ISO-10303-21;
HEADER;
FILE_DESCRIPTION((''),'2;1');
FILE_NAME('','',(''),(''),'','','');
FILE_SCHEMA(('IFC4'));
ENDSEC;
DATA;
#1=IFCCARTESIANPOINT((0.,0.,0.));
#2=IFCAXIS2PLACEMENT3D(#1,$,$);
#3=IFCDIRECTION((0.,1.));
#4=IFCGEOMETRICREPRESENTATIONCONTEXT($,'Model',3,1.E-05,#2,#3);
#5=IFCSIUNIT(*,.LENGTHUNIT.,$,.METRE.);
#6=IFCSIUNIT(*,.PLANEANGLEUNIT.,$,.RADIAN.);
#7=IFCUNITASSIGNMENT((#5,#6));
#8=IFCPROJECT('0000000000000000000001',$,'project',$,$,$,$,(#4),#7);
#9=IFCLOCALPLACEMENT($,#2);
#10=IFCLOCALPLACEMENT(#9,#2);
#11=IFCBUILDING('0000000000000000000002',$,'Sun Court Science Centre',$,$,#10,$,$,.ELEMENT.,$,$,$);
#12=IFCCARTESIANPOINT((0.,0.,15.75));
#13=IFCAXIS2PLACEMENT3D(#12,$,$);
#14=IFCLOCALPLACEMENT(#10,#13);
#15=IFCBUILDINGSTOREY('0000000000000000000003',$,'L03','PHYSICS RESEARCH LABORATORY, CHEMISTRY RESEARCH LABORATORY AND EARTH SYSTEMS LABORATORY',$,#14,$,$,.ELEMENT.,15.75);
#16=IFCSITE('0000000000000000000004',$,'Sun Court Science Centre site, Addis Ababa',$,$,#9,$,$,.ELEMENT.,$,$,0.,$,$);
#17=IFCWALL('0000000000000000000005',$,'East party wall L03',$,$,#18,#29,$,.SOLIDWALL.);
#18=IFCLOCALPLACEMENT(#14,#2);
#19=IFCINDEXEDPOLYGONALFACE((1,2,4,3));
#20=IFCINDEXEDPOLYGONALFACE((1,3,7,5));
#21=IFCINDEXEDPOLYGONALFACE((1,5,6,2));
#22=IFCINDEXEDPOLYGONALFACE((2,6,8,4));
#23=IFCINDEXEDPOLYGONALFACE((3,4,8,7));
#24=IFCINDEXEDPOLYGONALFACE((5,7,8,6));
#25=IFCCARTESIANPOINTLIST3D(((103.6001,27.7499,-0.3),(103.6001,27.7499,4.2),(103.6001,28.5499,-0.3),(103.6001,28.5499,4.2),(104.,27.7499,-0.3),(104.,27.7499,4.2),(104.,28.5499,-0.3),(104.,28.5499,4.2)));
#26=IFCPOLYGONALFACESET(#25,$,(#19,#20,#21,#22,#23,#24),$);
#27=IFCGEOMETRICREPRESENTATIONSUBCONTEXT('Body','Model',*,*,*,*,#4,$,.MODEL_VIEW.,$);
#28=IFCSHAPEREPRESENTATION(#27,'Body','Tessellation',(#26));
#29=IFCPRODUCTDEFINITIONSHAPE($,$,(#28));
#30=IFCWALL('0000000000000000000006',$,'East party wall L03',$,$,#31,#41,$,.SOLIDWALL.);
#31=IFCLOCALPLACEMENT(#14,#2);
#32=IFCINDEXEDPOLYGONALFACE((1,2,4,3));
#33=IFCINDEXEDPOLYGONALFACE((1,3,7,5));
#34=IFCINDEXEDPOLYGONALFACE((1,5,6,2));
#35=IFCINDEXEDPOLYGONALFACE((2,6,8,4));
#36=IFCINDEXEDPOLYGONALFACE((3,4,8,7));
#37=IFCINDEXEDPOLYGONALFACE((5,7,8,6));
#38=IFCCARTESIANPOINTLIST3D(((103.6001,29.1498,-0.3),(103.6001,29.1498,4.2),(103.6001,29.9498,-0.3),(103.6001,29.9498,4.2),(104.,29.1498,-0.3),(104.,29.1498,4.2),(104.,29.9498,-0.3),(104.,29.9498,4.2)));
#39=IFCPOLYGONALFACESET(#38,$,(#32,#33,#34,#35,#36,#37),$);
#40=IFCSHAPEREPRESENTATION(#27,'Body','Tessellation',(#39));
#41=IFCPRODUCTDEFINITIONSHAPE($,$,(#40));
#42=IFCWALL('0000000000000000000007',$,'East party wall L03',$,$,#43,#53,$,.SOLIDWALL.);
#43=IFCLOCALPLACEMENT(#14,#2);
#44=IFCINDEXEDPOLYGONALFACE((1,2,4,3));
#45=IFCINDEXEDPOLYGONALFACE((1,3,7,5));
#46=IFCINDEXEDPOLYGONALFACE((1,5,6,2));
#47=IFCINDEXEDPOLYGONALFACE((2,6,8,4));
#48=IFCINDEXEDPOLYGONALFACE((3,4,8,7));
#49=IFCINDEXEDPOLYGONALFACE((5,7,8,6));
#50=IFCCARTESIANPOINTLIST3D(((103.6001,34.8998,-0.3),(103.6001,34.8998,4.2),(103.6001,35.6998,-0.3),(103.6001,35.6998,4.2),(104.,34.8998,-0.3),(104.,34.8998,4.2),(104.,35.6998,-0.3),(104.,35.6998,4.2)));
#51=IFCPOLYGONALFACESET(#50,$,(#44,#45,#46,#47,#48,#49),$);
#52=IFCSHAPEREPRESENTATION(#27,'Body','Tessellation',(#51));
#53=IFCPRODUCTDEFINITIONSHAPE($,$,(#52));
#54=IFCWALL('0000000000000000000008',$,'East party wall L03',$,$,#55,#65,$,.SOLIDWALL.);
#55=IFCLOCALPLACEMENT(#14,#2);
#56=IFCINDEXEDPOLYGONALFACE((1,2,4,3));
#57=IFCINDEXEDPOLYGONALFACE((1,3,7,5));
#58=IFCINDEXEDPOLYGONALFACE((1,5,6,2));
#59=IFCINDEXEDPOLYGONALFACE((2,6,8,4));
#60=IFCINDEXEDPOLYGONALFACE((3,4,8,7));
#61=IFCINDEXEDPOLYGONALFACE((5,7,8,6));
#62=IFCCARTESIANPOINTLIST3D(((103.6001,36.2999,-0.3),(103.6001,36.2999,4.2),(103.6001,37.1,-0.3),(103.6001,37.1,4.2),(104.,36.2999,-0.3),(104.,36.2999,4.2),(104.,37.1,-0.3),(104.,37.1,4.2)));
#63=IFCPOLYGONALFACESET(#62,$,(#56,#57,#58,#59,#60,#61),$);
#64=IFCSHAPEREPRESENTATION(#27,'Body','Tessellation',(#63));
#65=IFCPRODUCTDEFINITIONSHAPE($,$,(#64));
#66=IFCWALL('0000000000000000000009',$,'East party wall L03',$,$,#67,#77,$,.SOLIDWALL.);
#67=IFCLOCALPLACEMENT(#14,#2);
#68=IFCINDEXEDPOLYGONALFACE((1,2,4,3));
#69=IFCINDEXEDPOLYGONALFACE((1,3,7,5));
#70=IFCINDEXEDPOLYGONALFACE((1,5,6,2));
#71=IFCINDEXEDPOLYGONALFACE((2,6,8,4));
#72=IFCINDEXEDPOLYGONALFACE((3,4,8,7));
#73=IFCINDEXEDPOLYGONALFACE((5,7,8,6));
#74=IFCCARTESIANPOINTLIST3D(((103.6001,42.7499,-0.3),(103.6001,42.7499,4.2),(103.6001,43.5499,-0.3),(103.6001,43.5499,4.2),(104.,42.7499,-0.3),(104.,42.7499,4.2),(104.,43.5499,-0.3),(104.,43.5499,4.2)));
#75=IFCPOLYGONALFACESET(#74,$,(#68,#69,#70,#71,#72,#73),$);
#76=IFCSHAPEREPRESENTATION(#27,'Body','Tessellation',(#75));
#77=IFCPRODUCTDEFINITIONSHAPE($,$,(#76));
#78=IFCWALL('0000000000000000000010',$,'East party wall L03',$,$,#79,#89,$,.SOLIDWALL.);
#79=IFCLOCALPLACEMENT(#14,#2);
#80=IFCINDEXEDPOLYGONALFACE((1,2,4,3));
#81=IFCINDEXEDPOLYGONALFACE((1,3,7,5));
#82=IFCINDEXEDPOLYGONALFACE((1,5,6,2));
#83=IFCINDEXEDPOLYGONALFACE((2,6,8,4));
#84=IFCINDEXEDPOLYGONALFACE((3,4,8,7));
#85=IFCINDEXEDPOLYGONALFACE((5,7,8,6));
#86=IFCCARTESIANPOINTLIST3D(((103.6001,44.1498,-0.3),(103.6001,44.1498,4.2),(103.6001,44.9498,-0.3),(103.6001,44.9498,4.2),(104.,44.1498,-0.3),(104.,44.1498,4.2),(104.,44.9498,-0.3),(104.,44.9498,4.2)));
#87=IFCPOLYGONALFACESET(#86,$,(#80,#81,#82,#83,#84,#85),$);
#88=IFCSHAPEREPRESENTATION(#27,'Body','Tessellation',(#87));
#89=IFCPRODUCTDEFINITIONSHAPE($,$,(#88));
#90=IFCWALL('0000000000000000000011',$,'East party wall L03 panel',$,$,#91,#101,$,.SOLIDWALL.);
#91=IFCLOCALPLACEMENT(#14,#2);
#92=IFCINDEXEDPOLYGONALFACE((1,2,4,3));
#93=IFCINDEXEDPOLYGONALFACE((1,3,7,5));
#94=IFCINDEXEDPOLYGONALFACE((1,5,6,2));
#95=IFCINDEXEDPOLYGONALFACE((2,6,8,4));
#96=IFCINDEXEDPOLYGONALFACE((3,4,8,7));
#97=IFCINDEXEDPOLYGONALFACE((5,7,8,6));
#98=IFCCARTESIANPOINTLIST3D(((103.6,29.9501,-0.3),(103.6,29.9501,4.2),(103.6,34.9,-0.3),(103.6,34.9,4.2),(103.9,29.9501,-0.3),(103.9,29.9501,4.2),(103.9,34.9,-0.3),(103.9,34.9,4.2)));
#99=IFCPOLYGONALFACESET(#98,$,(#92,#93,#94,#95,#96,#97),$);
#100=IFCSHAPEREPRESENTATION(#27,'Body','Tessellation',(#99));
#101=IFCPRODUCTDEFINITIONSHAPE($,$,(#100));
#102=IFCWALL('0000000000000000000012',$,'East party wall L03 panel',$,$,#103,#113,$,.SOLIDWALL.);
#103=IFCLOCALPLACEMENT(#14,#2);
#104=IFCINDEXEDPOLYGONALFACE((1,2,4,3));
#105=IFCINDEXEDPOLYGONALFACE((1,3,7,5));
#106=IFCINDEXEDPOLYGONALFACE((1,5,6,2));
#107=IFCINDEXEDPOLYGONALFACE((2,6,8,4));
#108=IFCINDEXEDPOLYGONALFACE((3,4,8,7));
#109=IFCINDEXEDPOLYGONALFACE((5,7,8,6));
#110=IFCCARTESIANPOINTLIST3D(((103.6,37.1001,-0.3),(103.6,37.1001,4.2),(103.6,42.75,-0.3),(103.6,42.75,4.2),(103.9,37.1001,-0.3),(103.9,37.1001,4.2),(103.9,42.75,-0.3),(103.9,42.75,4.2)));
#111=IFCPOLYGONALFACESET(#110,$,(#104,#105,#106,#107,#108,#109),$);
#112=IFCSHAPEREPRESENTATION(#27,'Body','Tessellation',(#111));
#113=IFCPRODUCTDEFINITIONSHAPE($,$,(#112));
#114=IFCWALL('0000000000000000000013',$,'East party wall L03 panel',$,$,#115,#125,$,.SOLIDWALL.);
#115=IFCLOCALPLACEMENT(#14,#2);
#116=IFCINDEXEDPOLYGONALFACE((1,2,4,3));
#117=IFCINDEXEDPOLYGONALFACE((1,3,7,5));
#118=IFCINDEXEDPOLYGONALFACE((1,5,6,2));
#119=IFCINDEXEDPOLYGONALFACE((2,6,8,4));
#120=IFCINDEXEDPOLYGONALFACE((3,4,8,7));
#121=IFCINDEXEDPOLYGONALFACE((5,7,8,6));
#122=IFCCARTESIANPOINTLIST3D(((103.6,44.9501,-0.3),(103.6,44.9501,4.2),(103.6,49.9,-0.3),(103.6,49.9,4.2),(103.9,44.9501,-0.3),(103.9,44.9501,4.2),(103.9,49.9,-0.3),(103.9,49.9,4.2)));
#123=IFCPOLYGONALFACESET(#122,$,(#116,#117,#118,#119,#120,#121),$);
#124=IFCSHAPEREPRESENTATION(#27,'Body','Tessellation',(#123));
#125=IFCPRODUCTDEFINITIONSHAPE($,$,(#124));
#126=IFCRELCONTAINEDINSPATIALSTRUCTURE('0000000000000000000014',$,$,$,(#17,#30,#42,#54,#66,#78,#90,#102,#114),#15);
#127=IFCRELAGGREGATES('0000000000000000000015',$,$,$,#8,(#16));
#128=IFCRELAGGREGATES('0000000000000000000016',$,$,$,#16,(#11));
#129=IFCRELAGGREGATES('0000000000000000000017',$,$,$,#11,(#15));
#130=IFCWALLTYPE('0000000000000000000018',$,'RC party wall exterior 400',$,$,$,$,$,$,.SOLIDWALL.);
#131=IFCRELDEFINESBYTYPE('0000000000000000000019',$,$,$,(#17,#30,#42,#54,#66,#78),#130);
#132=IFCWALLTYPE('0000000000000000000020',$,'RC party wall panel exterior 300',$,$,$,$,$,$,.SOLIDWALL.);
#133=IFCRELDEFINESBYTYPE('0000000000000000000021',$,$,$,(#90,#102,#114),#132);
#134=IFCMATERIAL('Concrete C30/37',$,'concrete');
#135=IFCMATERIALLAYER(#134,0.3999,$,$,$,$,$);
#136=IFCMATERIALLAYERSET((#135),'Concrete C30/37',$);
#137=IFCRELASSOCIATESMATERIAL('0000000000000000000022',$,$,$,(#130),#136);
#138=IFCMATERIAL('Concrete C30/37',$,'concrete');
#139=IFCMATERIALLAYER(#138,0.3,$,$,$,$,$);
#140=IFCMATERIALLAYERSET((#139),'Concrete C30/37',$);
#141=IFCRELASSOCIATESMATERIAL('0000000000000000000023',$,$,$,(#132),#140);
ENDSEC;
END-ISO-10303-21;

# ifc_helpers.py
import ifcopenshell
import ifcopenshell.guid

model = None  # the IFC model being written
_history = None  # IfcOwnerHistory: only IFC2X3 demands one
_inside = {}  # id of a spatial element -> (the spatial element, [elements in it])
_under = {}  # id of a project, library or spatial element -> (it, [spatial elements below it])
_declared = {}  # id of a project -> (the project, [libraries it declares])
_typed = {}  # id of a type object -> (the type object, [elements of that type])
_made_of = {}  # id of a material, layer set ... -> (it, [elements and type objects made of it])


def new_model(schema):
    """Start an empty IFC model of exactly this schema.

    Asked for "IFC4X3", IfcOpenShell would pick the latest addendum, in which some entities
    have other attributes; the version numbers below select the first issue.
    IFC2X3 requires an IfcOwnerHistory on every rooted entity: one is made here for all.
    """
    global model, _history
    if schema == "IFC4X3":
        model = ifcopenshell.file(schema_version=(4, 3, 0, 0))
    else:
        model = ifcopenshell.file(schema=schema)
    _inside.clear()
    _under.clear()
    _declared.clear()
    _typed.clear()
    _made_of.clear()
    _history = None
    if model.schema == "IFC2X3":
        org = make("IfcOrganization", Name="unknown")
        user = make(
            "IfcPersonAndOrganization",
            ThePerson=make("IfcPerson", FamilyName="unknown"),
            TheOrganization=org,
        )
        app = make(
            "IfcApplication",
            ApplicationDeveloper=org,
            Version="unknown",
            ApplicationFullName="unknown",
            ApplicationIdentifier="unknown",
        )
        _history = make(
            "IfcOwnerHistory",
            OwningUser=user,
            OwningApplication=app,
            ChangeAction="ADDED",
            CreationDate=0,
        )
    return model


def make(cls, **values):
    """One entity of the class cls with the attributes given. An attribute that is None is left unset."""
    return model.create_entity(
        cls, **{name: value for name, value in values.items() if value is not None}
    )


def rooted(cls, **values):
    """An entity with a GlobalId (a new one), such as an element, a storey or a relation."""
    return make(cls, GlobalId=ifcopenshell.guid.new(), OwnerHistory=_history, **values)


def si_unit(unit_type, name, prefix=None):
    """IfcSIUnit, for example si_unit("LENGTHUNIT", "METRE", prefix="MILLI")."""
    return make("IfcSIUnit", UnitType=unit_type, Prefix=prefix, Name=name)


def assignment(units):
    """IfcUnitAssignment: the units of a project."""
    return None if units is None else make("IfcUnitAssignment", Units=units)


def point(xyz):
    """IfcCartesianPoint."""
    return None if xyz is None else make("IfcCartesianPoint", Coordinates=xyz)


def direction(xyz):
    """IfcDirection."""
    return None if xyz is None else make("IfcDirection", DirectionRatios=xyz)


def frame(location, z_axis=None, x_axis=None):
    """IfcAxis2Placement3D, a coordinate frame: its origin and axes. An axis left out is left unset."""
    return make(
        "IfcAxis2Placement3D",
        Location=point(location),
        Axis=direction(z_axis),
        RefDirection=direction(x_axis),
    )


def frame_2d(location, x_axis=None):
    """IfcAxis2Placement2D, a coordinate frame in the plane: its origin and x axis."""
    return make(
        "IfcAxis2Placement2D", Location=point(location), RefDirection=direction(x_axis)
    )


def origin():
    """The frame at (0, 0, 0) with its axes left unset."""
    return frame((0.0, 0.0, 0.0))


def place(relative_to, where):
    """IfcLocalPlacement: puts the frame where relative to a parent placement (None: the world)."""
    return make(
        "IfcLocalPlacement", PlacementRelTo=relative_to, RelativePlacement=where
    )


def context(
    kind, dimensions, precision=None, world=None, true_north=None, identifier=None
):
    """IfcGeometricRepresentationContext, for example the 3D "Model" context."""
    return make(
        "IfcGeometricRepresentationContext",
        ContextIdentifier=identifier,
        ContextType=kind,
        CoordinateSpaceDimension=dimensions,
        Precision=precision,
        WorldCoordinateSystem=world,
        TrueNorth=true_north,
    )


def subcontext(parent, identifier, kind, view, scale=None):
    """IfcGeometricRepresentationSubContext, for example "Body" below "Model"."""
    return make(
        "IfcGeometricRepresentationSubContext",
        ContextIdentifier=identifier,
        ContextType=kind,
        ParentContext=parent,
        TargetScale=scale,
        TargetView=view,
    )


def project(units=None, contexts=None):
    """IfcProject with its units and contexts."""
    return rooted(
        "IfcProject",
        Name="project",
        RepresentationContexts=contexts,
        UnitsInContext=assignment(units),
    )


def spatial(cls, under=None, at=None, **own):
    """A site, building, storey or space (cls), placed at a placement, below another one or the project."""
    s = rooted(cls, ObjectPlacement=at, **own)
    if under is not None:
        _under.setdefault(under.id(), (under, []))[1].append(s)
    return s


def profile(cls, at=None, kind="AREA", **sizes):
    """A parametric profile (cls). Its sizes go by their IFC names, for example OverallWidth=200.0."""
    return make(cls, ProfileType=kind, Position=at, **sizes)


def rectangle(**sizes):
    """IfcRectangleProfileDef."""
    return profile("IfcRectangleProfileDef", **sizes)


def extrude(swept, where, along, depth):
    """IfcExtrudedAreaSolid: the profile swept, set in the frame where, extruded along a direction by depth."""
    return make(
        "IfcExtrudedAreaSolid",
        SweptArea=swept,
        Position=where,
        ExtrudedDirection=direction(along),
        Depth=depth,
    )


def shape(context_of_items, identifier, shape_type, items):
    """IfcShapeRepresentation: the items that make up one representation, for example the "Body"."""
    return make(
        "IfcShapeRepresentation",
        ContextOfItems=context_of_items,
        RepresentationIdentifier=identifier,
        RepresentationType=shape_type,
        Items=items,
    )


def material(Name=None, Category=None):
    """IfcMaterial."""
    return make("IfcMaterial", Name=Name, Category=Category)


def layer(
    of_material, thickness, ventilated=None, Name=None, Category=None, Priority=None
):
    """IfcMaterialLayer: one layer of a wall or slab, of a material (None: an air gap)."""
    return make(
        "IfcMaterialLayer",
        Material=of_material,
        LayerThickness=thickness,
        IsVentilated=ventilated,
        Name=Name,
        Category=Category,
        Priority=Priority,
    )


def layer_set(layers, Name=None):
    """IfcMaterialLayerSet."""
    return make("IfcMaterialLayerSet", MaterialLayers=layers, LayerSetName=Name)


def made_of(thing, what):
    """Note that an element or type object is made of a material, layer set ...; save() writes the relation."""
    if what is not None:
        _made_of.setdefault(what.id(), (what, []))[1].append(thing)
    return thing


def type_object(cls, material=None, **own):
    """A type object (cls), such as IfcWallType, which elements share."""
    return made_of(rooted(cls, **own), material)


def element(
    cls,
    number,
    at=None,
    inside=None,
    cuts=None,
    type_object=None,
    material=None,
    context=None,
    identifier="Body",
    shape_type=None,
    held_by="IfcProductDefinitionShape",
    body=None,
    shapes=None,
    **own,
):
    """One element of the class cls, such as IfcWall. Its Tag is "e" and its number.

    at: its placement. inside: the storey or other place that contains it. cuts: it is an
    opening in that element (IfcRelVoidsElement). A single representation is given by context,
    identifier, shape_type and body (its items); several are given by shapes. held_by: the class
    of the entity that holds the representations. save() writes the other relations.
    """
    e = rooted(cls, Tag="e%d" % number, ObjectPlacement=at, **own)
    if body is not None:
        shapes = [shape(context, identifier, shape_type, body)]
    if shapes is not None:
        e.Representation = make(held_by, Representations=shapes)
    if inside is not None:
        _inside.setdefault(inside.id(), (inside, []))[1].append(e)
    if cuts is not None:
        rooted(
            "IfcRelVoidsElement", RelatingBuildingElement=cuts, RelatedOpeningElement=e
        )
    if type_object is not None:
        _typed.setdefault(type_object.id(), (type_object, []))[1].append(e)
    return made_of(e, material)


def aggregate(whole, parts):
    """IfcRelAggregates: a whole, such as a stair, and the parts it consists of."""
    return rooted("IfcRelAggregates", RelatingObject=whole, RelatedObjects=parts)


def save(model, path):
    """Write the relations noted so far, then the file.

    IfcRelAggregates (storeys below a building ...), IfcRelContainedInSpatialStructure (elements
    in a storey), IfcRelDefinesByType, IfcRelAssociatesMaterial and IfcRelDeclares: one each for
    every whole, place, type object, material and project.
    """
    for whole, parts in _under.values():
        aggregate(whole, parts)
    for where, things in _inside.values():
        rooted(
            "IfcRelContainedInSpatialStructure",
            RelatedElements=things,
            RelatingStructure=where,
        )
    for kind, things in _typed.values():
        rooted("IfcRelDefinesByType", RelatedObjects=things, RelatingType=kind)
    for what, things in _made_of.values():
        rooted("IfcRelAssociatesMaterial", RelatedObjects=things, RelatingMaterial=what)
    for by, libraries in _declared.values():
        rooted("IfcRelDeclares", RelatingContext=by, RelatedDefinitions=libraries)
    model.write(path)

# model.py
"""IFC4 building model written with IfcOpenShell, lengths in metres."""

from ifc_helpers import new_model, si_unit, direction, frame, frame_2d, origin, place, context, subcontext, project, spatial, rectangle, extrude, material, layer, layer_set, type_object, element, save


model = new_model("IFC4")

# Units and contexts
model_context = context("Model", 3, precision=1e-05, world=origin(), true_north=direction((0.0, 1.0)))
body_context = subcontext(model_context, "Body", "Model", "MODEL_VIEW")
ifc_project = project(units=[si_unit("LENGTHUNIT", "METRE"), si_unit("PLANEANGLEUNIT", "RADIAN")], contexts=[model_context])

# Site, building, storey
site_placement = place(None, origin())
site = spatial("IfcSite", under=ifc_project, at=site_placement, Name="Sun Court Science Centre site, Addis Ababa", CompositionType="ELEMENT", RefElevation=0.0)
building_placement = place(site_placement, origin())
building = spatial("IfcBuilding", under=site, at=building_placement, Name="Sun Court Science Centre", CompositionType="ELEMENT")
storey_placement = place(building_placement, frame((0.0, 0.0, 15.75)))
storey = spatial("IfcBuildingStorey", under=building, at=storey_placement, Name="L03", Description="PHYSICS RESEARCH LABORATORY, CHEMISTRY RESEARCH LABORATORY AND EARTH SYSTEMS LABORATORY", CompositionType="ELEMENT", Elevation=15.75)

# Walls
ifc_material_1 = material(Name="Concrete C30/37", Category="concrete")
ifc_layer_1 = layer(ifc_material_1, 0.3999)
ifc_layer_set_1 = layer_set([ifc_layer_1], Name="Concrete C30/37")
wall_type_1 = type_object("IfcWallType", Name="RC party wall exterior 400", PredefinedType="SOLIDWALL", material=ifc_layer_set_1)
for number, where, z_axis, x_axis, name in (
    (1, (103.8, 27.75, -0.3), (0.0, 0.0, 1.0), (0.0, 1.0, 0.0), "East party wall L03"),
    (2, (103.8, 29.1499, -0.3), (0.0, 0.0, 1.0), (0.0, 1.0, 0.0), "East party wall L03"),
    (3, (103.8, 34.8999, -0.3), (0.0, 0.0, 1.0), (0.0, 1.0, 0.0), "East party wall L03"),
    (4, (103.8, 36.3, -0.3), (0.0, 0.0, 1.0), (0.0, 1.0, 0.0), "East party wall L03"),
    (5, (103.8, 42.75, -0.3), (0.0, 0.0, 1.0), (0.0, 1.0, 0.0), "East party wall L03"),
    (6, (103.8, 44.1499, -0.3), (0.0, 0.0, 1.0), (0.0, 1.0, 0.0), "East party wall L03"),
):
    element("IfcWall", number, at=place(storey_placement, frame(where, z_axis=z_axis, x_axis=x_axis)), inside=storey, type_object=wall_type_1, Name=name, PredefinedType="SOLIDWALL", context=body_context, shape_type="SweptSolid", body=[
        extrude(rectangle(XDim=0.8, YDim=0.3999, at=frame_2d((0.3999, 0.0))), origin(), (0.0, 0.0, 1.0), 4.5),
    ])
ifc_material_2 = material(Name="Concrete C30/37", Category="concrete")
ifc_layer_2 = layer(ifc_material_2, 0.3)
ifc_layer_set_2 = layer_set([ifc_layer_2], Name="Concrete C30/37")
wall_type_2 = type_object("IfcWallType", Name="RC party wall panel exterior 300", PredefinedType="SOLIDWALL", material=ifc_layer_set_2)
wall_1_placement = place(storey_placement, frame((103.75, 29.95, -0.3), z_axis=(0.0, 0.0, 1.0), x_axis=(0.0, 1.0, 0.0)))
element("IfcWall", 7, at=wall_1_placement, inside=storey, type_object=wall_type_2, Name="East party wall L03 panel", PredefinedType="SOLIDWALL", context=body_context, shape_type="SweptSolid", body=[
    extrude(rectangle(XDim=4.95, YDim=0.3, at=frame_2d((2.4751, 0.0))), origin(), (0.0, 0.0, 1.0), 4.5),
])
wall_2_placement = place(storey_placement, frame((103.75, 37.1001, -0.3), z_axis=(0.0, 0.0, 1.0), x_axis=(0.0, 1.0, 0.0)))
element("IfcWall", 8, at=wall_2_placement, inside=storey, type_object=wall_type_2, Name="East party wall L03 panel", PredefinedType="SOLIDWALL", context=body_context, shape_type="SweptSolid", body=[
    extrude(rectangle(XDim=5.6499, YDim=0.3, at=frame_2d((2.825, 0.0))), origin(), (0.0, 0.0, 1.0), 4.5),
])
wall_3_placement = place(storey_placement, frame((103.75, 44.95, -0.3), z_axis=(0.0, 0.0, 1.0), x_axis=(0.0, 1.0, 0.0)))
element("IfcWall", 9, at=wall_3_placement, inside=storey, type_object=wall_type_2, Name="East party wall L03 panel", PredefinedType="SOLIDWALL", context=body_context, shape_type="SweptSolid", body=[
    extrude(rectangle(XDim=4.95, YDim=0.3, at=frame_2d((2.4751, 0.0))), origin(), (0.0, 0.0, 1.0), 4.5),
])

save(model, "model.ifc")
